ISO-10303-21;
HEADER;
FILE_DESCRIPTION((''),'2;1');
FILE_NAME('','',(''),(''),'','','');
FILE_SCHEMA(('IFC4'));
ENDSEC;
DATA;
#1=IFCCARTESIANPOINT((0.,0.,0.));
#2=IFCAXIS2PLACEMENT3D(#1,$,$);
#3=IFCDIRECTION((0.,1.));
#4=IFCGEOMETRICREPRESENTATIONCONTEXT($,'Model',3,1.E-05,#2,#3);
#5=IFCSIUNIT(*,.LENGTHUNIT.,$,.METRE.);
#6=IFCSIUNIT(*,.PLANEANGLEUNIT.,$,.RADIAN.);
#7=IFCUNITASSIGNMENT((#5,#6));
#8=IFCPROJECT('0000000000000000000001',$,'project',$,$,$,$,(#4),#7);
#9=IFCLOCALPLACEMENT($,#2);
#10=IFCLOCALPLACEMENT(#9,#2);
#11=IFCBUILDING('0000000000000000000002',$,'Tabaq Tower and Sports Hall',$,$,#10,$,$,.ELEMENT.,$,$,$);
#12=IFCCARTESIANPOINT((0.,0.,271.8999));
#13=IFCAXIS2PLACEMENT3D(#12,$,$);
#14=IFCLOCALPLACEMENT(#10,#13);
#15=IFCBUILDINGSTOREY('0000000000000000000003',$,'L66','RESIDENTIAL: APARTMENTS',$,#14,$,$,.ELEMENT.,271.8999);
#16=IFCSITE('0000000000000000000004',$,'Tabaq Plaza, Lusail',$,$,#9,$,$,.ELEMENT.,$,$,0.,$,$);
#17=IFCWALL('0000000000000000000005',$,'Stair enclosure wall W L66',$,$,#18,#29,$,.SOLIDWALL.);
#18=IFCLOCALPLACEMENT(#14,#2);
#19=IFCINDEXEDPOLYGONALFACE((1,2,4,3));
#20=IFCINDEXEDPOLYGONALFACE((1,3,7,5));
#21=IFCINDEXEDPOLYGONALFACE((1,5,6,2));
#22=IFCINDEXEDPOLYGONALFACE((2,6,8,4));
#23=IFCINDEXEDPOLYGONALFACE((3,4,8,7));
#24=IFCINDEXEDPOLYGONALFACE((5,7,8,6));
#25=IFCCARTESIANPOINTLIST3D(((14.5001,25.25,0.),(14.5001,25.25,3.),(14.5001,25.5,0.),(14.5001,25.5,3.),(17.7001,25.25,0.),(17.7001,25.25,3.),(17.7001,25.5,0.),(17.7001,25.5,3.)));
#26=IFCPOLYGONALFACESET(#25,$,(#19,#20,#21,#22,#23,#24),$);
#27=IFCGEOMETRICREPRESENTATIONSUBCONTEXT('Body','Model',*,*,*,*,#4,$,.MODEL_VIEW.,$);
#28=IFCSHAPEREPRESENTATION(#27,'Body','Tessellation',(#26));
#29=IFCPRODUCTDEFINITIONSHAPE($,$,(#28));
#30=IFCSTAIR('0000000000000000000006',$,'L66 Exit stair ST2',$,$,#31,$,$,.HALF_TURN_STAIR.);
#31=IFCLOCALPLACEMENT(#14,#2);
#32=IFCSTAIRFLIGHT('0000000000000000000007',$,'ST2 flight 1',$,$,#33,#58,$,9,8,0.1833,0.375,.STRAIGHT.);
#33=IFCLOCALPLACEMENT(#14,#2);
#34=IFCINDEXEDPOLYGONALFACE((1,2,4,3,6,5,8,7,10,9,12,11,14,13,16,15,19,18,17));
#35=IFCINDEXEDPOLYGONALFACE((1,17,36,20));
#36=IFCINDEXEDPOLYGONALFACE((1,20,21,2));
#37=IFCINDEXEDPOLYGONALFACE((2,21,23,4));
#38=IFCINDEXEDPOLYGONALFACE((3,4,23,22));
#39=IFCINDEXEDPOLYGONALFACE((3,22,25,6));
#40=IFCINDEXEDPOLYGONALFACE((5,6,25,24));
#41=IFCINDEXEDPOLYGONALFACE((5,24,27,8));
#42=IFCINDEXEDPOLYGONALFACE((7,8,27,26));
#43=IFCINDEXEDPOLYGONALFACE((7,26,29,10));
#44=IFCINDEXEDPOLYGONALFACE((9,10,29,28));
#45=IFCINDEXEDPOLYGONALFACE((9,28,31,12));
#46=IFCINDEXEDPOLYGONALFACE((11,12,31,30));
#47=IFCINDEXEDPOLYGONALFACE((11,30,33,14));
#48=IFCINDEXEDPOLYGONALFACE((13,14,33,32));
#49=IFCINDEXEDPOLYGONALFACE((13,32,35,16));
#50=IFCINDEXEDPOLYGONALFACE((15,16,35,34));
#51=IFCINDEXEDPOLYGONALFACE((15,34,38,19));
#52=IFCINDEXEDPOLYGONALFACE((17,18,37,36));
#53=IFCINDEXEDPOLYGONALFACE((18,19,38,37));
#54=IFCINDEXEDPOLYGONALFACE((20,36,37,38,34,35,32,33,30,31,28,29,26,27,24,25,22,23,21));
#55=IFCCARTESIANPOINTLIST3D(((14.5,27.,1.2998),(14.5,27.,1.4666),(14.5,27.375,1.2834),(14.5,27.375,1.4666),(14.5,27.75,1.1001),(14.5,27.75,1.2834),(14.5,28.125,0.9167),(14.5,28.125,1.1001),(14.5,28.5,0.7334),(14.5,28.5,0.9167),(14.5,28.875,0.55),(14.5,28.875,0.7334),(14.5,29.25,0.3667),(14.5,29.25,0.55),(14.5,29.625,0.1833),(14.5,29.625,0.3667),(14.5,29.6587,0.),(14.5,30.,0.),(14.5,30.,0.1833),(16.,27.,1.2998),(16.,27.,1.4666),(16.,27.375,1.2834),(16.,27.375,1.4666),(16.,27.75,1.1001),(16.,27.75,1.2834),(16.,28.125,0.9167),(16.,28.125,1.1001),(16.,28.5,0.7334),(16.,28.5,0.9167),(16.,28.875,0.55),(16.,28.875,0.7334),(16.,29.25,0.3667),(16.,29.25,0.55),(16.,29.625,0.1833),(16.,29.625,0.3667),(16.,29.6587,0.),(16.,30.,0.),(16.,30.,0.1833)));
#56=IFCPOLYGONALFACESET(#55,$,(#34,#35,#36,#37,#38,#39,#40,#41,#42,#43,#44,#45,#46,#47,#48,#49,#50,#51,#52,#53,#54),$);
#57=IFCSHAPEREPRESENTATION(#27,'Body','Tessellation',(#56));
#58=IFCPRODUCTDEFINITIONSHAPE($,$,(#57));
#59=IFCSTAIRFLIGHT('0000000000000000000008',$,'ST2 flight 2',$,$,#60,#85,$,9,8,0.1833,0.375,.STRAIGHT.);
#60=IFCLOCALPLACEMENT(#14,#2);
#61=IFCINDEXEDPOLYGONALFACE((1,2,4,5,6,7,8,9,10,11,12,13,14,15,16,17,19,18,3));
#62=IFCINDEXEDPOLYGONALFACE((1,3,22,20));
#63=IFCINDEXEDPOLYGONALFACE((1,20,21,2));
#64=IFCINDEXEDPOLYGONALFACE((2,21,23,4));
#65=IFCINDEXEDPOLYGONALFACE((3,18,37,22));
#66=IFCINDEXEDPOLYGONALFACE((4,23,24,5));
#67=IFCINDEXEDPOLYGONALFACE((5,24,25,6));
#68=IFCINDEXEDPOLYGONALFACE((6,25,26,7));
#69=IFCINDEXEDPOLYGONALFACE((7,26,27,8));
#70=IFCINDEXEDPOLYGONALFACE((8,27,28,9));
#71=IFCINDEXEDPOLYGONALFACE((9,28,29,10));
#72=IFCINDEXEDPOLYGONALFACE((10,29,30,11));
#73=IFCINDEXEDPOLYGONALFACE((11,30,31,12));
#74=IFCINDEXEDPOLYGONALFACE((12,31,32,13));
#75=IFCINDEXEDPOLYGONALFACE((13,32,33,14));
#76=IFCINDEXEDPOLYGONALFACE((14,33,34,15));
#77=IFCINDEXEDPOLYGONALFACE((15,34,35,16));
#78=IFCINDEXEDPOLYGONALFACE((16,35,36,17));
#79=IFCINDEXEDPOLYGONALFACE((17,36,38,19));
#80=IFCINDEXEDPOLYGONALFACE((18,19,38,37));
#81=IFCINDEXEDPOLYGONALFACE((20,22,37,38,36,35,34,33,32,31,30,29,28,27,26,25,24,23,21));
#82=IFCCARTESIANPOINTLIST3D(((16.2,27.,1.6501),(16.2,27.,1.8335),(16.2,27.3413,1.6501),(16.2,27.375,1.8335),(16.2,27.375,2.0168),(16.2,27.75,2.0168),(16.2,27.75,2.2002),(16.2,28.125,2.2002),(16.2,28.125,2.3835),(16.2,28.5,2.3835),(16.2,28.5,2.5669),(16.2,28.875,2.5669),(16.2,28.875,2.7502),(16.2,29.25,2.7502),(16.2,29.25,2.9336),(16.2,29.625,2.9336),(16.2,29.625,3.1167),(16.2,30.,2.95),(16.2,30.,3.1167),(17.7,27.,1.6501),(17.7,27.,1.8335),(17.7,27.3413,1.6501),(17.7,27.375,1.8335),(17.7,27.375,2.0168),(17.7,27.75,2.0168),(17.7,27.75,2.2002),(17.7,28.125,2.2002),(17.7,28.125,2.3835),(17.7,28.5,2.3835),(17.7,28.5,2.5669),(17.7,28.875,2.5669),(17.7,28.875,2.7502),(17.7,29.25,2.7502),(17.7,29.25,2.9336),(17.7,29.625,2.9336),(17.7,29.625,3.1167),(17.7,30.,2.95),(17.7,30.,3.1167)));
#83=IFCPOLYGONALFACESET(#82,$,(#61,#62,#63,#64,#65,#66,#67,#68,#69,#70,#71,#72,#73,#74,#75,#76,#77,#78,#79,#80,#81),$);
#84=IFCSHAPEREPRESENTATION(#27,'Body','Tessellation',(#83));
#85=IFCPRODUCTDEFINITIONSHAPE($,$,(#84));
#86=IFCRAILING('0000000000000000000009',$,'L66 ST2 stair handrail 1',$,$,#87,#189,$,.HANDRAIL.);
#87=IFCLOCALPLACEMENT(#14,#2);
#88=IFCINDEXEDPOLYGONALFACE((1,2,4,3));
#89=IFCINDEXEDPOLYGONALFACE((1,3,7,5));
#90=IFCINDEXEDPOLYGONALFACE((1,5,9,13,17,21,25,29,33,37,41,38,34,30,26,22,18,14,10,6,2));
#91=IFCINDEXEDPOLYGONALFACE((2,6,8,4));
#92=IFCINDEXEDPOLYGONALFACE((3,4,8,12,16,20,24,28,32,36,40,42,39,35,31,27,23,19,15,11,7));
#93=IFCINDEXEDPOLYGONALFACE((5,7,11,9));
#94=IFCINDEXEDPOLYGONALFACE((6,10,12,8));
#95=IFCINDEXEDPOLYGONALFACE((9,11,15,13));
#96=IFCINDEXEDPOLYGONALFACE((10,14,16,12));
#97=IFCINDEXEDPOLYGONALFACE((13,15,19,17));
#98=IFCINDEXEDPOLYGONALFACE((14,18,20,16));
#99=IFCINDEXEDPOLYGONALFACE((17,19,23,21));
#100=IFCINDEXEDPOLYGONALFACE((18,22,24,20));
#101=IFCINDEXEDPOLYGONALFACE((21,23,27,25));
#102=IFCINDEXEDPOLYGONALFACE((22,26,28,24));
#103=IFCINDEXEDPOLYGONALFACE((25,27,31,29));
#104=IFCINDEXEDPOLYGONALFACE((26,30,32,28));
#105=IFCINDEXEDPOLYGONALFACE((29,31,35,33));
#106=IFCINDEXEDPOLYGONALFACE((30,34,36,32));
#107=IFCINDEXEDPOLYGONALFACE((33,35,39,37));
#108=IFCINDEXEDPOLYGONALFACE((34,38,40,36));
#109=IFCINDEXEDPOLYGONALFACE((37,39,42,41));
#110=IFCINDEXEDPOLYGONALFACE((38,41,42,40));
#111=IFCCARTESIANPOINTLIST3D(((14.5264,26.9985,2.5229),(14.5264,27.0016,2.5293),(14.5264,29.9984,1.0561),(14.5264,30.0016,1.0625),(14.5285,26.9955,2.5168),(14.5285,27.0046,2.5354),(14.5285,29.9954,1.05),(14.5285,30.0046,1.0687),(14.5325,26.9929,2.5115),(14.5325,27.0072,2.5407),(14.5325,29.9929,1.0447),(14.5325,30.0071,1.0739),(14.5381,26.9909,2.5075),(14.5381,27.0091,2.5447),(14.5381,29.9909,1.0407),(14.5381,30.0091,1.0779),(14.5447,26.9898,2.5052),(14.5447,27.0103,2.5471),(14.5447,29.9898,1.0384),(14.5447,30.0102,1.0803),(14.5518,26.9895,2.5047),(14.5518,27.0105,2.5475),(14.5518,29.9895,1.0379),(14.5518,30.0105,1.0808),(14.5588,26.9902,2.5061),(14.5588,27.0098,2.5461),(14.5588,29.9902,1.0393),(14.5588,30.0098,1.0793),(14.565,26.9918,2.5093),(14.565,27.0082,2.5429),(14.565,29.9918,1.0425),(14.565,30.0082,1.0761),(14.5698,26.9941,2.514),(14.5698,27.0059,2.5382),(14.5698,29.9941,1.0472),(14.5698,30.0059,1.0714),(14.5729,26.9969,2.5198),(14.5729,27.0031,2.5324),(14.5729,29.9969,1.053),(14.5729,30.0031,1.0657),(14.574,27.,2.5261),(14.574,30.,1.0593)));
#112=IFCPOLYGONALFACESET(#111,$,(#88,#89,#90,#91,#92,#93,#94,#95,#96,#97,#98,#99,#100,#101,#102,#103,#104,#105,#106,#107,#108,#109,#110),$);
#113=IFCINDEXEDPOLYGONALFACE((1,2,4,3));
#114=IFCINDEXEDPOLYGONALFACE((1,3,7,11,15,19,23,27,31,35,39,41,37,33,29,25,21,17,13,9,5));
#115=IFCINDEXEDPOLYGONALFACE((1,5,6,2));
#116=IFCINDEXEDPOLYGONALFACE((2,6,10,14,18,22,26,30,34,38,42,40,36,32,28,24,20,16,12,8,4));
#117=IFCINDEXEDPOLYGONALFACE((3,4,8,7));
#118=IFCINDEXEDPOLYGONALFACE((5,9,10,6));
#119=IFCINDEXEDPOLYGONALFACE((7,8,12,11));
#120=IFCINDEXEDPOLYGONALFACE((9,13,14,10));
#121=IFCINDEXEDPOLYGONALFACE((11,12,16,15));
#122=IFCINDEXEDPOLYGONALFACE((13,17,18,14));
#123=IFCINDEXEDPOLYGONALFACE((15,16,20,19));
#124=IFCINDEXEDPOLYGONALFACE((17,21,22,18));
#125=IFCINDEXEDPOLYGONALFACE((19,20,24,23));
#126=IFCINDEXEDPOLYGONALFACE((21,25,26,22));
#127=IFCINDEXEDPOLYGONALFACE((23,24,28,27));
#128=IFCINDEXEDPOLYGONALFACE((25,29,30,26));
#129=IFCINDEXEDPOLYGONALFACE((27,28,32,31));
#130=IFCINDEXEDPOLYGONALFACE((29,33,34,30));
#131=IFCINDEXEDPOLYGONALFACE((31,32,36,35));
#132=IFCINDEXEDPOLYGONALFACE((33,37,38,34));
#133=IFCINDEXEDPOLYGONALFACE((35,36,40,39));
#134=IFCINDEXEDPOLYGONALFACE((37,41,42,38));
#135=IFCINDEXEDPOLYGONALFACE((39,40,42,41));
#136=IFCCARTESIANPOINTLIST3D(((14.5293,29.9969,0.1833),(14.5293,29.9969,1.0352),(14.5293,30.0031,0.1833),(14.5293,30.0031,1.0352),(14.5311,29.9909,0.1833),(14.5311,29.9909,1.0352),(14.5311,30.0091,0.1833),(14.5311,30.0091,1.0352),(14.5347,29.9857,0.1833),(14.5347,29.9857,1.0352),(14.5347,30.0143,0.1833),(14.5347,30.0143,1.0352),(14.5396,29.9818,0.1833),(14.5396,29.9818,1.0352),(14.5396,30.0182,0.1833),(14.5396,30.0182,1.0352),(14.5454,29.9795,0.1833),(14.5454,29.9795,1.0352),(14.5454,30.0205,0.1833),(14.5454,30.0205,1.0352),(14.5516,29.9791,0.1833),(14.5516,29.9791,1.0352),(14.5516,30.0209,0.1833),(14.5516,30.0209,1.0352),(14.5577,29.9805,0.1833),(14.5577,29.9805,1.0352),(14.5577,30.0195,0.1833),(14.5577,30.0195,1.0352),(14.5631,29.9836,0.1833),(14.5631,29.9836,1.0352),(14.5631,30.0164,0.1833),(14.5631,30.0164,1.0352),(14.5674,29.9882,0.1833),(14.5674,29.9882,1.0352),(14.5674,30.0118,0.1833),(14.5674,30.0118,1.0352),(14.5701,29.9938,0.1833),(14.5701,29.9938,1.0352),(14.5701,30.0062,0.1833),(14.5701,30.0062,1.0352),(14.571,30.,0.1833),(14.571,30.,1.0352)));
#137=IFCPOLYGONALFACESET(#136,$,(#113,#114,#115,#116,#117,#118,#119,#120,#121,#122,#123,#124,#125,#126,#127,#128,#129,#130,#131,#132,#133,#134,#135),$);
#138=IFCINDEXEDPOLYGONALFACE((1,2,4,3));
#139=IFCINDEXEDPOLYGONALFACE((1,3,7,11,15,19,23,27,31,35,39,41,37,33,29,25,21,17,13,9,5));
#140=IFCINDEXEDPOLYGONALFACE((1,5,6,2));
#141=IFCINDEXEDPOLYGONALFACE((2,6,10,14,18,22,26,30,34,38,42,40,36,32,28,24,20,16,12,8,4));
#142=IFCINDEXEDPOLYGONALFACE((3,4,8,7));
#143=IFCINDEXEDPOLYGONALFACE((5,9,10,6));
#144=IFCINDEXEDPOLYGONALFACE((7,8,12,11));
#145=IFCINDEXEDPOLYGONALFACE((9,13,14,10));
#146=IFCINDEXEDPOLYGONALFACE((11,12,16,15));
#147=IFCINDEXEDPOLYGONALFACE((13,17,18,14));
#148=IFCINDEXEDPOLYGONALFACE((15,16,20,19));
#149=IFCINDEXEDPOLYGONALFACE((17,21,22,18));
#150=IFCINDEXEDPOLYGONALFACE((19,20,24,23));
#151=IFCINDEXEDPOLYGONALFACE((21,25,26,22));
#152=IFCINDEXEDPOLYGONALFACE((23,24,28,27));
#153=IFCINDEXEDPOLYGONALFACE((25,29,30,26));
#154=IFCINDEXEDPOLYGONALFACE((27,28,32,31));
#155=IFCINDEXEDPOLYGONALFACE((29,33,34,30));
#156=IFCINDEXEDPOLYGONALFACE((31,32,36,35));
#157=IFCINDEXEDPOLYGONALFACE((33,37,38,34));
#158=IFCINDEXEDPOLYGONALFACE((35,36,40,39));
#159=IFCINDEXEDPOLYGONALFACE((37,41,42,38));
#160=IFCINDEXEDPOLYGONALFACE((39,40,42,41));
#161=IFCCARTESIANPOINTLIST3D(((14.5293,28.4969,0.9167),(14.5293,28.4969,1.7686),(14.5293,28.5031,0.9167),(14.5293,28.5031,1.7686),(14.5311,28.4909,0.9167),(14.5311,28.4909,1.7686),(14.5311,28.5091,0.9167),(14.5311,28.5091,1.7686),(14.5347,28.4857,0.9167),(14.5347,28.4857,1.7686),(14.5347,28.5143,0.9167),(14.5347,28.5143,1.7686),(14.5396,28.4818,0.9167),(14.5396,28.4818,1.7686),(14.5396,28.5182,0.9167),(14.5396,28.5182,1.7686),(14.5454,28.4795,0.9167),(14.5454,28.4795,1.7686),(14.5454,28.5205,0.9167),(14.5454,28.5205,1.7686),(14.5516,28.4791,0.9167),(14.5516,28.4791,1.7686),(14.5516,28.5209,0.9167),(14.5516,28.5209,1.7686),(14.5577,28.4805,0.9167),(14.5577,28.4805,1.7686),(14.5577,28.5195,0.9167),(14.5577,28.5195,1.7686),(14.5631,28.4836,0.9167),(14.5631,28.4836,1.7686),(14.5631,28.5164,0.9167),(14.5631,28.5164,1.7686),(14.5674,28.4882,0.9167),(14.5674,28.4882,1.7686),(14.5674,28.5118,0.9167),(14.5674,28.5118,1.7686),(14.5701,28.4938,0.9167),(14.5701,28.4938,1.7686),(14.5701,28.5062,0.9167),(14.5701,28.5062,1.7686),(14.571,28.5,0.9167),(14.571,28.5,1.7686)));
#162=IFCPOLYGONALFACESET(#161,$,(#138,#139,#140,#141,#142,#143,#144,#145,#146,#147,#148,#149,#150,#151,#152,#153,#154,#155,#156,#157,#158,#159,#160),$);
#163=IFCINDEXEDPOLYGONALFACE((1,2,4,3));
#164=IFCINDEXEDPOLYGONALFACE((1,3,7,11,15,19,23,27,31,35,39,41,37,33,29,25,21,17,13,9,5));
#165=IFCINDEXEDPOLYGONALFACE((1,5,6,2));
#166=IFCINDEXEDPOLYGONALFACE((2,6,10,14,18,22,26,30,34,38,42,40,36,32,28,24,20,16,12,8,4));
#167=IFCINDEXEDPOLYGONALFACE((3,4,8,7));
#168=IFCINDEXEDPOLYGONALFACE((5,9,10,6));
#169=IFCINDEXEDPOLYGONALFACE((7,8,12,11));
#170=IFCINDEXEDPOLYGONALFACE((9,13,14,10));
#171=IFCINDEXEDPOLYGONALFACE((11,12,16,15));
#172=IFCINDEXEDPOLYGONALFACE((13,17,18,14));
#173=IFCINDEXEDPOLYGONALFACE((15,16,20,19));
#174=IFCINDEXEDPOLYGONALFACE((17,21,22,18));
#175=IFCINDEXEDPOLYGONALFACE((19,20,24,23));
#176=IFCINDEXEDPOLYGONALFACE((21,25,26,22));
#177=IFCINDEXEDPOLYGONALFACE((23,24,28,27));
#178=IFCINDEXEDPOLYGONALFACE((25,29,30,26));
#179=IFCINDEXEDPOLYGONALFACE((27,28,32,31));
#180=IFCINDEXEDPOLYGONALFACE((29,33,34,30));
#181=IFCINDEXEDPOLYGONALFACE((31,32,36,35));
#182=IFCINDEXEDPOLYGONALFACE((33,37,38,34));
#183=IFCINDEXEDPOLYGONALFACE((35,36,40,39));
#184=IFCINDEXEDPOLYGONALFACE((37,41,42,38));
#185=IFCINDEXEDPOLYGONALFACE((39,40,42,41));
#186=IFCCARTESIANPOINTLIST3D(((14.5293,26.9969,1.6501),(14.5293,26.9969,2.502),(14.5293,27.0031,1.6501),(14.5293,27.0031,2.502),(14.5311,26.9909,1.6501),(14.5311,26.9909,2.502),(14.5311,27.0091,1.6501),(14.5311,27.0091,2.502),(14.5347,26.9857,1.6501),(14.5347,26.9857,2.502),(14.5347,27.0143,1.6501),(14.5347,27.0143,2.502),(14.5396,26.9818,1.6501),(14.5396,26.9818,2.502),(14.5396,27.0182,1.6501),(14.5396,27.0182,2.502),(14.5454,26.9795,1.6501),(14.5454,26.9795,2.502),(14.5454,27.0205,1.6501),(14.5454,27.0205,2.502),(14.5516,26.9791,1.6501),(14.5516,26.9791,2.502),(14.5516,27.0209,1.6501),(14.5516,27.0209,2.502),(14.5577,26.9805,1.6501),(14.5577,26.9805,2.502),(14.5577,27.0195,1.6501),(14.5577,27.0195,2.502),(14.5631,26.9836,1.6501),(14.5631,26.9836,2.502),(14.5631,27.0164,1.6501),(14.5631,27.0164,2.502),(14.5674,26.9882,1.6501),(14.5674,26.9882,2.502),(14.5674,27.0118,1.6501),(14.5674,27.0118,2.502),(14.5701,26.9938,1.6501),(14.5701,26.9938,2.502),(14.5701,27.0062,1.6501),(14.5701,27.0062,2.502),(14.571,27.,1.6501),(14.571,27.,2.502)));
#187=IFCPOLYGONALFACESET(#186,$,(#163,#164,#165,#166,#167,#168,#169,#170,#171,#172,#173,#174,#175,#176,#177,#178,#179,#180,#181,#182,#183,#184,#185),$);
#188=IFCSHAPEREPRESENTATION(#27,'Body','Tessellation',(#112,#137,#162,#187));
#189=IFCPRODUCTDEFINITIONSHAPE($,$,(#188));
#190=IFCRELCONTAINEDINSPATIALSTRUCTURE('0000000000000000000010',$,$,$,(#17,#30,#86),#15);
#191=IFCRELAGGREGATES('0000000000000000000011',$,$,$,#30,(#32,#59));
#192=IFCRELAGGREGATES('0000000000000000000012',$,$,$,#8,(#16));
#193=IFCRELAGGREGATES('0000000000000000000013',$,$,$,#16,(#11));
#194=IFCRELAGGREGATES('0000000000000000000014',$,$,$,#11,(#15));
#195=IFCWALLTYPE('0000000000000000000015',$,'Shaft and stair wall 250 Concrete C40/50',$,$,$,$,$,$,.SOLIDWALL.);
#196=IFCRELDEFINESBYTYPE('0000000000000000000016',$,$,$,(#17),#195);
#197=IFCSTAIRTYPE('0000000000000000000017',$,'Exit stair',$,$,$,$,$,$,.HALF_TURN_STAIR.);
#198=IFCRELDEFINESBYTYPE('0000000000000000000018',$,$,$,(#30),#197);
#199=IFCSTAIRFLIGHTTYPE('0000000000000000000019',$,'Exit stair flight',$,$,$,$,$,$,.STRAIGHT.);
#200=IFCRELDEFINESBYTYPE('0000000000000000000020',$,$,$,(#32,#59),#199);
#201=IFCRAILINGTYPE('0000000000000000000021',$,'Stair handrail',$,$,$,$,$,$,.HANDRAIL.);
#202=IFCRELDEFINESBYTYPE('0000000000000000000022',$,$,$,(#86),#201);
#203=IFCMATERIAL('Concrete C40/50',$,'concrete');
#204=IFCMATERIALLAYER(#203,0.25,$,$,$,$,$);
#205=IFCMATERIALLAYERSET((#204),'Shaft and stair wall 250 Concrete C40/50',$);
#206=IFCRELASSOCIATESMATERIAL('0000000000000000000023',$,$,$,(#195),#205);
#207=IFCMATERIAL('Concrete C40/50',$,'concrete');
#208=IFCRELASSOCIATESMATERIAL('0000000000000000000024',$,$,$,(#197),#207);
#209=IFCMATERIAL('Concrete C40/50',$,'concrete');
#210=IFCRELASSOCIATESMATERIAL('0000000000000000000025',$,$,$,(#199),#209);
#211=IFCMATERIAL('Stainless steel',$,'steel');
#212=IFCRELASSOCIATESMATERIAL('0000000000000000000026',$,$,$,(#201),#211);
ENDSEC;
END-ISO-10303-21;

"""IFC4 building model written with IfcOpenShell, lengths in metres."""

from ifc_helpers import new_model, si_unit, direction, frame, frame_2d, origin, origin_2d, place, context, subcontext, project, spatial, polyline, rectangle, circle, outline, extrude, material, layer, layer_set, type_object, element, aggregate, save


model = new_model("IFC4")

# Units and contexts
model_context = context("Model", 3, precision=1e-05, world=origin(), true_north=direction((0.0, 1.0)))
body_context = subcontext(model_context, "Body", "Model", "MODEL_VIEW")
ifc_project = project(units=[si_unit("LENGTHUNIT", "METRE"), si_unit("PLANEANGLEUNIT", "RADIAN")], contexts=[model_context])

# Site, building, storey
site_placement = place(None, origin())
site = spatial("IfcSite", under=ifc_project, at=site_placement, Name="Tabaq Plaza, Lusail", CompositionType="ELEMENT", RefElevation=0.0)
building_placement = place(site_placement, origin())
building = spatial("IfcBuilding", under=site, at=building_placement, Name="Tabaq Tower and Sports Hall", CompositionType="ELEMENT")
storey_placement = place(building_placement, frame((0.0, 0.0, 271.8999)))
storey = spatial("IfcBuildingStorey", under=building, at=storey_placement, Name="L66", Description="RESIDENTIAL: APARTMENTS", CompositionType="ELEMENT", Elevation=271.8999)

# Wall
ifc_material_1 = material(Name="Concrete C40/50", Category="concrete")
ifc_layer_1 = layer(ifc_material_1, 0.25)
ifc_layer_set_1 = layer_set([ifc_layer_1], Name="Shaft and stair wall 250 Concrete C40/50")
wall_type_1 = type_object("IfcWallType", Name="Shaft and stair wall 250 Concrete C40/50", PredefinedType="SOLIDWALL", material=ifc_layer_set_1)
wall_1_placement = place(storey_placement, frame((14.5, 25.375, 0.0), z_axis=(0.0, 0.0, 1.0), x_axis=(1.0, 0.0, 0.0)))
element("IfcWall", 1, at=wall_1_placement, inside=storey, type_object=wall_type_1, Name="Stair enclosure wall W L66", PredefinedType="SOLIDWALL", context=body_context, shape_type="SweptSolid", body=[
    extrude(rectangle(XDim=3.2, YDim=0.25, at=frame_2d((1.6001, 0.0))), origin(), (0.0, 0.0, 1.0), 3.0),
])

# Stair, stair flights
ifc_material_2 = material(Name="Concrete C40/50", Category="concrete")
stair_type = type_object("IfcStairType", Name="Exit stair", PredefinedType="HALF_TURN_STAIR", material=ifc_material_2)
stair_placement = place(storey_placement, origin())
stair = element("IfcStair", 2, at=stair_placement, inside=storey, type_object=stair_type, Name="L66 Exit stair ST2", PredefinedType="HALF_TURN_STAIR")
ifc_material_3 = material(Name="Concrete C40/50", Category="concrete")
stair_flight_type = type_object("IfcStairFlightType", Name="Exit stair flight", PredefinedType="STRAIGHT", material=ifc_material_3)
stair_flight_1_placement = place(storey_placement, frame((15.25, 30.0, 0.0), z_axis=(0.0, 0.0, 1.0), x_axis=(0.0, -1.0, 0.0)))
stair_flight_1 = element("IfcStairFlight", 3, at=stair_flight_1_placement, type_object=stair_flight_type, Name="ST2 flight 1", NumberOfRisers=9, NumberOfTreads=8, PredefinedType="STRAIGHT", RiserHeight=0.1833, TreadLength=0.375, context=body_context, shape_type="SweptSolid", body=[
    extrude(outline(polyline([(0.0, 0.0), (0.0, 0.1833), (0.375, 0.1833), (0.375, 0.3667), (0.75, 0.3667), (0.75, 0.55), (1.125, 0.55), (1.125, 0.7334), (1.5, 0.7334), (1.5, 0.9167), (1.875, 0.9167), (1.875, 1.1001), (2.25, 1.1001), (2.25, 1.2834), (2.625, 1.2834), (2.625, 1.4666), (3.0, 1.4666), (3.0, 1.6499), (3.0, 1.2998), (0.3413, 0.0), (0.0, 0.0)])), frame((0.0, 0.75, 0.0), z_axis=(0.0, -1.0, 0.0), x_axis=(1.0, 0.0, 0.0)), (0.0, 0.0, 1.0), 1.5),
])
stair_flight_2_placement = place(storey_placement, frame((16.95, 27.0, 1.6501), z_axis=(0.0, 0.0, 1.0), x_axis=(0.0, 1.0, 0.0)))
stair_flight_2 = element("IfcStairFlight", 4, at=stair_flight_2_placement, type_object=stair_flight_type, Name="ST2 flight 2", NumberOfRisers=9, NumberOfTreads=8, PredefinedType="STRAIGHT", RiserHeight=0.1833, TreadLength=0.375, context=body_context, shape_type="SweptSolid", body=[
    extrude(outline(polyline([(0.0, 0.0), (0.0, 0.1833), (0.375, 0.1833), (0.375, 0.3667), (0.75, 0.3667), (0.75, 0.55), (1.125, 0.55), (1.125, 0.7334), (1.5, 0.7334), (1.5, 0.9167), (1.875, 0.9167), (1.875, 1.1001), (2.25, 1.1001), (2.25, 1.2834), (2.625, 1.2834), (2.625, 1.4666), (3.0, 1.4666), (3.0, 1.6499), (3.0, 1.2998), (0.3413, 0.0), (0.0, 0.0)])), frame((0.0, 0.75, 0.0), z_axis=(0.0, -1.0, 0.0), x_axis=(1.0, 0.0, 0.0)), (0.0, 0.0, 1.0), 1.5),
])
aggregate(stair, [stair_flight_1, stair_flight_2])

# Railing
ifc_material_4 = material(Name="Stainless steel", Category="steel")
railing_type_1 = type_object("IfcRailingType", Name="Stair handrail", PredefinedType="HANDRAIL", material=ifc_material_4)
railing_1_placement = place(storey_placement, frame((14.55, 30.0, 0.1833)))
element("IfcRailing", 5, at=railing_1_placement, inside=storey, type_object=railing_type_1, Name="L66 ST2 stair handrail 1", PredefinedType="HANDRAIL", context=body_context, shape_type="SweptSolid", body=[
    extrude(circle(Radius=0.0239, at=origin_2d()), frame((0.0, 0.0, 0.876), z_axis=(0.0, -0.898369, 0.439242), x_axis=(1.0, 0.0, 0.0)), (0.0, 0.0, 1.0), 3.3394),
    extrude(circle(Radius=0.021, at=origin_2d()), origin(), (0.0, 0.0, 1.0), 0.8518),
    extrude(circle(Radius=0.021, at=origin_2d()), frame((0.0, -1.5, 0.7334)), (0.0, 0.0, 1.0), 0.8518),
    extrude(circle(Radius=0.021, at=origin_2d()), frame((0.0, -3.0, 1.4668)), (0.0, 0.0, 1.0), 0.8518),
])

save(model, "model.ifc")
